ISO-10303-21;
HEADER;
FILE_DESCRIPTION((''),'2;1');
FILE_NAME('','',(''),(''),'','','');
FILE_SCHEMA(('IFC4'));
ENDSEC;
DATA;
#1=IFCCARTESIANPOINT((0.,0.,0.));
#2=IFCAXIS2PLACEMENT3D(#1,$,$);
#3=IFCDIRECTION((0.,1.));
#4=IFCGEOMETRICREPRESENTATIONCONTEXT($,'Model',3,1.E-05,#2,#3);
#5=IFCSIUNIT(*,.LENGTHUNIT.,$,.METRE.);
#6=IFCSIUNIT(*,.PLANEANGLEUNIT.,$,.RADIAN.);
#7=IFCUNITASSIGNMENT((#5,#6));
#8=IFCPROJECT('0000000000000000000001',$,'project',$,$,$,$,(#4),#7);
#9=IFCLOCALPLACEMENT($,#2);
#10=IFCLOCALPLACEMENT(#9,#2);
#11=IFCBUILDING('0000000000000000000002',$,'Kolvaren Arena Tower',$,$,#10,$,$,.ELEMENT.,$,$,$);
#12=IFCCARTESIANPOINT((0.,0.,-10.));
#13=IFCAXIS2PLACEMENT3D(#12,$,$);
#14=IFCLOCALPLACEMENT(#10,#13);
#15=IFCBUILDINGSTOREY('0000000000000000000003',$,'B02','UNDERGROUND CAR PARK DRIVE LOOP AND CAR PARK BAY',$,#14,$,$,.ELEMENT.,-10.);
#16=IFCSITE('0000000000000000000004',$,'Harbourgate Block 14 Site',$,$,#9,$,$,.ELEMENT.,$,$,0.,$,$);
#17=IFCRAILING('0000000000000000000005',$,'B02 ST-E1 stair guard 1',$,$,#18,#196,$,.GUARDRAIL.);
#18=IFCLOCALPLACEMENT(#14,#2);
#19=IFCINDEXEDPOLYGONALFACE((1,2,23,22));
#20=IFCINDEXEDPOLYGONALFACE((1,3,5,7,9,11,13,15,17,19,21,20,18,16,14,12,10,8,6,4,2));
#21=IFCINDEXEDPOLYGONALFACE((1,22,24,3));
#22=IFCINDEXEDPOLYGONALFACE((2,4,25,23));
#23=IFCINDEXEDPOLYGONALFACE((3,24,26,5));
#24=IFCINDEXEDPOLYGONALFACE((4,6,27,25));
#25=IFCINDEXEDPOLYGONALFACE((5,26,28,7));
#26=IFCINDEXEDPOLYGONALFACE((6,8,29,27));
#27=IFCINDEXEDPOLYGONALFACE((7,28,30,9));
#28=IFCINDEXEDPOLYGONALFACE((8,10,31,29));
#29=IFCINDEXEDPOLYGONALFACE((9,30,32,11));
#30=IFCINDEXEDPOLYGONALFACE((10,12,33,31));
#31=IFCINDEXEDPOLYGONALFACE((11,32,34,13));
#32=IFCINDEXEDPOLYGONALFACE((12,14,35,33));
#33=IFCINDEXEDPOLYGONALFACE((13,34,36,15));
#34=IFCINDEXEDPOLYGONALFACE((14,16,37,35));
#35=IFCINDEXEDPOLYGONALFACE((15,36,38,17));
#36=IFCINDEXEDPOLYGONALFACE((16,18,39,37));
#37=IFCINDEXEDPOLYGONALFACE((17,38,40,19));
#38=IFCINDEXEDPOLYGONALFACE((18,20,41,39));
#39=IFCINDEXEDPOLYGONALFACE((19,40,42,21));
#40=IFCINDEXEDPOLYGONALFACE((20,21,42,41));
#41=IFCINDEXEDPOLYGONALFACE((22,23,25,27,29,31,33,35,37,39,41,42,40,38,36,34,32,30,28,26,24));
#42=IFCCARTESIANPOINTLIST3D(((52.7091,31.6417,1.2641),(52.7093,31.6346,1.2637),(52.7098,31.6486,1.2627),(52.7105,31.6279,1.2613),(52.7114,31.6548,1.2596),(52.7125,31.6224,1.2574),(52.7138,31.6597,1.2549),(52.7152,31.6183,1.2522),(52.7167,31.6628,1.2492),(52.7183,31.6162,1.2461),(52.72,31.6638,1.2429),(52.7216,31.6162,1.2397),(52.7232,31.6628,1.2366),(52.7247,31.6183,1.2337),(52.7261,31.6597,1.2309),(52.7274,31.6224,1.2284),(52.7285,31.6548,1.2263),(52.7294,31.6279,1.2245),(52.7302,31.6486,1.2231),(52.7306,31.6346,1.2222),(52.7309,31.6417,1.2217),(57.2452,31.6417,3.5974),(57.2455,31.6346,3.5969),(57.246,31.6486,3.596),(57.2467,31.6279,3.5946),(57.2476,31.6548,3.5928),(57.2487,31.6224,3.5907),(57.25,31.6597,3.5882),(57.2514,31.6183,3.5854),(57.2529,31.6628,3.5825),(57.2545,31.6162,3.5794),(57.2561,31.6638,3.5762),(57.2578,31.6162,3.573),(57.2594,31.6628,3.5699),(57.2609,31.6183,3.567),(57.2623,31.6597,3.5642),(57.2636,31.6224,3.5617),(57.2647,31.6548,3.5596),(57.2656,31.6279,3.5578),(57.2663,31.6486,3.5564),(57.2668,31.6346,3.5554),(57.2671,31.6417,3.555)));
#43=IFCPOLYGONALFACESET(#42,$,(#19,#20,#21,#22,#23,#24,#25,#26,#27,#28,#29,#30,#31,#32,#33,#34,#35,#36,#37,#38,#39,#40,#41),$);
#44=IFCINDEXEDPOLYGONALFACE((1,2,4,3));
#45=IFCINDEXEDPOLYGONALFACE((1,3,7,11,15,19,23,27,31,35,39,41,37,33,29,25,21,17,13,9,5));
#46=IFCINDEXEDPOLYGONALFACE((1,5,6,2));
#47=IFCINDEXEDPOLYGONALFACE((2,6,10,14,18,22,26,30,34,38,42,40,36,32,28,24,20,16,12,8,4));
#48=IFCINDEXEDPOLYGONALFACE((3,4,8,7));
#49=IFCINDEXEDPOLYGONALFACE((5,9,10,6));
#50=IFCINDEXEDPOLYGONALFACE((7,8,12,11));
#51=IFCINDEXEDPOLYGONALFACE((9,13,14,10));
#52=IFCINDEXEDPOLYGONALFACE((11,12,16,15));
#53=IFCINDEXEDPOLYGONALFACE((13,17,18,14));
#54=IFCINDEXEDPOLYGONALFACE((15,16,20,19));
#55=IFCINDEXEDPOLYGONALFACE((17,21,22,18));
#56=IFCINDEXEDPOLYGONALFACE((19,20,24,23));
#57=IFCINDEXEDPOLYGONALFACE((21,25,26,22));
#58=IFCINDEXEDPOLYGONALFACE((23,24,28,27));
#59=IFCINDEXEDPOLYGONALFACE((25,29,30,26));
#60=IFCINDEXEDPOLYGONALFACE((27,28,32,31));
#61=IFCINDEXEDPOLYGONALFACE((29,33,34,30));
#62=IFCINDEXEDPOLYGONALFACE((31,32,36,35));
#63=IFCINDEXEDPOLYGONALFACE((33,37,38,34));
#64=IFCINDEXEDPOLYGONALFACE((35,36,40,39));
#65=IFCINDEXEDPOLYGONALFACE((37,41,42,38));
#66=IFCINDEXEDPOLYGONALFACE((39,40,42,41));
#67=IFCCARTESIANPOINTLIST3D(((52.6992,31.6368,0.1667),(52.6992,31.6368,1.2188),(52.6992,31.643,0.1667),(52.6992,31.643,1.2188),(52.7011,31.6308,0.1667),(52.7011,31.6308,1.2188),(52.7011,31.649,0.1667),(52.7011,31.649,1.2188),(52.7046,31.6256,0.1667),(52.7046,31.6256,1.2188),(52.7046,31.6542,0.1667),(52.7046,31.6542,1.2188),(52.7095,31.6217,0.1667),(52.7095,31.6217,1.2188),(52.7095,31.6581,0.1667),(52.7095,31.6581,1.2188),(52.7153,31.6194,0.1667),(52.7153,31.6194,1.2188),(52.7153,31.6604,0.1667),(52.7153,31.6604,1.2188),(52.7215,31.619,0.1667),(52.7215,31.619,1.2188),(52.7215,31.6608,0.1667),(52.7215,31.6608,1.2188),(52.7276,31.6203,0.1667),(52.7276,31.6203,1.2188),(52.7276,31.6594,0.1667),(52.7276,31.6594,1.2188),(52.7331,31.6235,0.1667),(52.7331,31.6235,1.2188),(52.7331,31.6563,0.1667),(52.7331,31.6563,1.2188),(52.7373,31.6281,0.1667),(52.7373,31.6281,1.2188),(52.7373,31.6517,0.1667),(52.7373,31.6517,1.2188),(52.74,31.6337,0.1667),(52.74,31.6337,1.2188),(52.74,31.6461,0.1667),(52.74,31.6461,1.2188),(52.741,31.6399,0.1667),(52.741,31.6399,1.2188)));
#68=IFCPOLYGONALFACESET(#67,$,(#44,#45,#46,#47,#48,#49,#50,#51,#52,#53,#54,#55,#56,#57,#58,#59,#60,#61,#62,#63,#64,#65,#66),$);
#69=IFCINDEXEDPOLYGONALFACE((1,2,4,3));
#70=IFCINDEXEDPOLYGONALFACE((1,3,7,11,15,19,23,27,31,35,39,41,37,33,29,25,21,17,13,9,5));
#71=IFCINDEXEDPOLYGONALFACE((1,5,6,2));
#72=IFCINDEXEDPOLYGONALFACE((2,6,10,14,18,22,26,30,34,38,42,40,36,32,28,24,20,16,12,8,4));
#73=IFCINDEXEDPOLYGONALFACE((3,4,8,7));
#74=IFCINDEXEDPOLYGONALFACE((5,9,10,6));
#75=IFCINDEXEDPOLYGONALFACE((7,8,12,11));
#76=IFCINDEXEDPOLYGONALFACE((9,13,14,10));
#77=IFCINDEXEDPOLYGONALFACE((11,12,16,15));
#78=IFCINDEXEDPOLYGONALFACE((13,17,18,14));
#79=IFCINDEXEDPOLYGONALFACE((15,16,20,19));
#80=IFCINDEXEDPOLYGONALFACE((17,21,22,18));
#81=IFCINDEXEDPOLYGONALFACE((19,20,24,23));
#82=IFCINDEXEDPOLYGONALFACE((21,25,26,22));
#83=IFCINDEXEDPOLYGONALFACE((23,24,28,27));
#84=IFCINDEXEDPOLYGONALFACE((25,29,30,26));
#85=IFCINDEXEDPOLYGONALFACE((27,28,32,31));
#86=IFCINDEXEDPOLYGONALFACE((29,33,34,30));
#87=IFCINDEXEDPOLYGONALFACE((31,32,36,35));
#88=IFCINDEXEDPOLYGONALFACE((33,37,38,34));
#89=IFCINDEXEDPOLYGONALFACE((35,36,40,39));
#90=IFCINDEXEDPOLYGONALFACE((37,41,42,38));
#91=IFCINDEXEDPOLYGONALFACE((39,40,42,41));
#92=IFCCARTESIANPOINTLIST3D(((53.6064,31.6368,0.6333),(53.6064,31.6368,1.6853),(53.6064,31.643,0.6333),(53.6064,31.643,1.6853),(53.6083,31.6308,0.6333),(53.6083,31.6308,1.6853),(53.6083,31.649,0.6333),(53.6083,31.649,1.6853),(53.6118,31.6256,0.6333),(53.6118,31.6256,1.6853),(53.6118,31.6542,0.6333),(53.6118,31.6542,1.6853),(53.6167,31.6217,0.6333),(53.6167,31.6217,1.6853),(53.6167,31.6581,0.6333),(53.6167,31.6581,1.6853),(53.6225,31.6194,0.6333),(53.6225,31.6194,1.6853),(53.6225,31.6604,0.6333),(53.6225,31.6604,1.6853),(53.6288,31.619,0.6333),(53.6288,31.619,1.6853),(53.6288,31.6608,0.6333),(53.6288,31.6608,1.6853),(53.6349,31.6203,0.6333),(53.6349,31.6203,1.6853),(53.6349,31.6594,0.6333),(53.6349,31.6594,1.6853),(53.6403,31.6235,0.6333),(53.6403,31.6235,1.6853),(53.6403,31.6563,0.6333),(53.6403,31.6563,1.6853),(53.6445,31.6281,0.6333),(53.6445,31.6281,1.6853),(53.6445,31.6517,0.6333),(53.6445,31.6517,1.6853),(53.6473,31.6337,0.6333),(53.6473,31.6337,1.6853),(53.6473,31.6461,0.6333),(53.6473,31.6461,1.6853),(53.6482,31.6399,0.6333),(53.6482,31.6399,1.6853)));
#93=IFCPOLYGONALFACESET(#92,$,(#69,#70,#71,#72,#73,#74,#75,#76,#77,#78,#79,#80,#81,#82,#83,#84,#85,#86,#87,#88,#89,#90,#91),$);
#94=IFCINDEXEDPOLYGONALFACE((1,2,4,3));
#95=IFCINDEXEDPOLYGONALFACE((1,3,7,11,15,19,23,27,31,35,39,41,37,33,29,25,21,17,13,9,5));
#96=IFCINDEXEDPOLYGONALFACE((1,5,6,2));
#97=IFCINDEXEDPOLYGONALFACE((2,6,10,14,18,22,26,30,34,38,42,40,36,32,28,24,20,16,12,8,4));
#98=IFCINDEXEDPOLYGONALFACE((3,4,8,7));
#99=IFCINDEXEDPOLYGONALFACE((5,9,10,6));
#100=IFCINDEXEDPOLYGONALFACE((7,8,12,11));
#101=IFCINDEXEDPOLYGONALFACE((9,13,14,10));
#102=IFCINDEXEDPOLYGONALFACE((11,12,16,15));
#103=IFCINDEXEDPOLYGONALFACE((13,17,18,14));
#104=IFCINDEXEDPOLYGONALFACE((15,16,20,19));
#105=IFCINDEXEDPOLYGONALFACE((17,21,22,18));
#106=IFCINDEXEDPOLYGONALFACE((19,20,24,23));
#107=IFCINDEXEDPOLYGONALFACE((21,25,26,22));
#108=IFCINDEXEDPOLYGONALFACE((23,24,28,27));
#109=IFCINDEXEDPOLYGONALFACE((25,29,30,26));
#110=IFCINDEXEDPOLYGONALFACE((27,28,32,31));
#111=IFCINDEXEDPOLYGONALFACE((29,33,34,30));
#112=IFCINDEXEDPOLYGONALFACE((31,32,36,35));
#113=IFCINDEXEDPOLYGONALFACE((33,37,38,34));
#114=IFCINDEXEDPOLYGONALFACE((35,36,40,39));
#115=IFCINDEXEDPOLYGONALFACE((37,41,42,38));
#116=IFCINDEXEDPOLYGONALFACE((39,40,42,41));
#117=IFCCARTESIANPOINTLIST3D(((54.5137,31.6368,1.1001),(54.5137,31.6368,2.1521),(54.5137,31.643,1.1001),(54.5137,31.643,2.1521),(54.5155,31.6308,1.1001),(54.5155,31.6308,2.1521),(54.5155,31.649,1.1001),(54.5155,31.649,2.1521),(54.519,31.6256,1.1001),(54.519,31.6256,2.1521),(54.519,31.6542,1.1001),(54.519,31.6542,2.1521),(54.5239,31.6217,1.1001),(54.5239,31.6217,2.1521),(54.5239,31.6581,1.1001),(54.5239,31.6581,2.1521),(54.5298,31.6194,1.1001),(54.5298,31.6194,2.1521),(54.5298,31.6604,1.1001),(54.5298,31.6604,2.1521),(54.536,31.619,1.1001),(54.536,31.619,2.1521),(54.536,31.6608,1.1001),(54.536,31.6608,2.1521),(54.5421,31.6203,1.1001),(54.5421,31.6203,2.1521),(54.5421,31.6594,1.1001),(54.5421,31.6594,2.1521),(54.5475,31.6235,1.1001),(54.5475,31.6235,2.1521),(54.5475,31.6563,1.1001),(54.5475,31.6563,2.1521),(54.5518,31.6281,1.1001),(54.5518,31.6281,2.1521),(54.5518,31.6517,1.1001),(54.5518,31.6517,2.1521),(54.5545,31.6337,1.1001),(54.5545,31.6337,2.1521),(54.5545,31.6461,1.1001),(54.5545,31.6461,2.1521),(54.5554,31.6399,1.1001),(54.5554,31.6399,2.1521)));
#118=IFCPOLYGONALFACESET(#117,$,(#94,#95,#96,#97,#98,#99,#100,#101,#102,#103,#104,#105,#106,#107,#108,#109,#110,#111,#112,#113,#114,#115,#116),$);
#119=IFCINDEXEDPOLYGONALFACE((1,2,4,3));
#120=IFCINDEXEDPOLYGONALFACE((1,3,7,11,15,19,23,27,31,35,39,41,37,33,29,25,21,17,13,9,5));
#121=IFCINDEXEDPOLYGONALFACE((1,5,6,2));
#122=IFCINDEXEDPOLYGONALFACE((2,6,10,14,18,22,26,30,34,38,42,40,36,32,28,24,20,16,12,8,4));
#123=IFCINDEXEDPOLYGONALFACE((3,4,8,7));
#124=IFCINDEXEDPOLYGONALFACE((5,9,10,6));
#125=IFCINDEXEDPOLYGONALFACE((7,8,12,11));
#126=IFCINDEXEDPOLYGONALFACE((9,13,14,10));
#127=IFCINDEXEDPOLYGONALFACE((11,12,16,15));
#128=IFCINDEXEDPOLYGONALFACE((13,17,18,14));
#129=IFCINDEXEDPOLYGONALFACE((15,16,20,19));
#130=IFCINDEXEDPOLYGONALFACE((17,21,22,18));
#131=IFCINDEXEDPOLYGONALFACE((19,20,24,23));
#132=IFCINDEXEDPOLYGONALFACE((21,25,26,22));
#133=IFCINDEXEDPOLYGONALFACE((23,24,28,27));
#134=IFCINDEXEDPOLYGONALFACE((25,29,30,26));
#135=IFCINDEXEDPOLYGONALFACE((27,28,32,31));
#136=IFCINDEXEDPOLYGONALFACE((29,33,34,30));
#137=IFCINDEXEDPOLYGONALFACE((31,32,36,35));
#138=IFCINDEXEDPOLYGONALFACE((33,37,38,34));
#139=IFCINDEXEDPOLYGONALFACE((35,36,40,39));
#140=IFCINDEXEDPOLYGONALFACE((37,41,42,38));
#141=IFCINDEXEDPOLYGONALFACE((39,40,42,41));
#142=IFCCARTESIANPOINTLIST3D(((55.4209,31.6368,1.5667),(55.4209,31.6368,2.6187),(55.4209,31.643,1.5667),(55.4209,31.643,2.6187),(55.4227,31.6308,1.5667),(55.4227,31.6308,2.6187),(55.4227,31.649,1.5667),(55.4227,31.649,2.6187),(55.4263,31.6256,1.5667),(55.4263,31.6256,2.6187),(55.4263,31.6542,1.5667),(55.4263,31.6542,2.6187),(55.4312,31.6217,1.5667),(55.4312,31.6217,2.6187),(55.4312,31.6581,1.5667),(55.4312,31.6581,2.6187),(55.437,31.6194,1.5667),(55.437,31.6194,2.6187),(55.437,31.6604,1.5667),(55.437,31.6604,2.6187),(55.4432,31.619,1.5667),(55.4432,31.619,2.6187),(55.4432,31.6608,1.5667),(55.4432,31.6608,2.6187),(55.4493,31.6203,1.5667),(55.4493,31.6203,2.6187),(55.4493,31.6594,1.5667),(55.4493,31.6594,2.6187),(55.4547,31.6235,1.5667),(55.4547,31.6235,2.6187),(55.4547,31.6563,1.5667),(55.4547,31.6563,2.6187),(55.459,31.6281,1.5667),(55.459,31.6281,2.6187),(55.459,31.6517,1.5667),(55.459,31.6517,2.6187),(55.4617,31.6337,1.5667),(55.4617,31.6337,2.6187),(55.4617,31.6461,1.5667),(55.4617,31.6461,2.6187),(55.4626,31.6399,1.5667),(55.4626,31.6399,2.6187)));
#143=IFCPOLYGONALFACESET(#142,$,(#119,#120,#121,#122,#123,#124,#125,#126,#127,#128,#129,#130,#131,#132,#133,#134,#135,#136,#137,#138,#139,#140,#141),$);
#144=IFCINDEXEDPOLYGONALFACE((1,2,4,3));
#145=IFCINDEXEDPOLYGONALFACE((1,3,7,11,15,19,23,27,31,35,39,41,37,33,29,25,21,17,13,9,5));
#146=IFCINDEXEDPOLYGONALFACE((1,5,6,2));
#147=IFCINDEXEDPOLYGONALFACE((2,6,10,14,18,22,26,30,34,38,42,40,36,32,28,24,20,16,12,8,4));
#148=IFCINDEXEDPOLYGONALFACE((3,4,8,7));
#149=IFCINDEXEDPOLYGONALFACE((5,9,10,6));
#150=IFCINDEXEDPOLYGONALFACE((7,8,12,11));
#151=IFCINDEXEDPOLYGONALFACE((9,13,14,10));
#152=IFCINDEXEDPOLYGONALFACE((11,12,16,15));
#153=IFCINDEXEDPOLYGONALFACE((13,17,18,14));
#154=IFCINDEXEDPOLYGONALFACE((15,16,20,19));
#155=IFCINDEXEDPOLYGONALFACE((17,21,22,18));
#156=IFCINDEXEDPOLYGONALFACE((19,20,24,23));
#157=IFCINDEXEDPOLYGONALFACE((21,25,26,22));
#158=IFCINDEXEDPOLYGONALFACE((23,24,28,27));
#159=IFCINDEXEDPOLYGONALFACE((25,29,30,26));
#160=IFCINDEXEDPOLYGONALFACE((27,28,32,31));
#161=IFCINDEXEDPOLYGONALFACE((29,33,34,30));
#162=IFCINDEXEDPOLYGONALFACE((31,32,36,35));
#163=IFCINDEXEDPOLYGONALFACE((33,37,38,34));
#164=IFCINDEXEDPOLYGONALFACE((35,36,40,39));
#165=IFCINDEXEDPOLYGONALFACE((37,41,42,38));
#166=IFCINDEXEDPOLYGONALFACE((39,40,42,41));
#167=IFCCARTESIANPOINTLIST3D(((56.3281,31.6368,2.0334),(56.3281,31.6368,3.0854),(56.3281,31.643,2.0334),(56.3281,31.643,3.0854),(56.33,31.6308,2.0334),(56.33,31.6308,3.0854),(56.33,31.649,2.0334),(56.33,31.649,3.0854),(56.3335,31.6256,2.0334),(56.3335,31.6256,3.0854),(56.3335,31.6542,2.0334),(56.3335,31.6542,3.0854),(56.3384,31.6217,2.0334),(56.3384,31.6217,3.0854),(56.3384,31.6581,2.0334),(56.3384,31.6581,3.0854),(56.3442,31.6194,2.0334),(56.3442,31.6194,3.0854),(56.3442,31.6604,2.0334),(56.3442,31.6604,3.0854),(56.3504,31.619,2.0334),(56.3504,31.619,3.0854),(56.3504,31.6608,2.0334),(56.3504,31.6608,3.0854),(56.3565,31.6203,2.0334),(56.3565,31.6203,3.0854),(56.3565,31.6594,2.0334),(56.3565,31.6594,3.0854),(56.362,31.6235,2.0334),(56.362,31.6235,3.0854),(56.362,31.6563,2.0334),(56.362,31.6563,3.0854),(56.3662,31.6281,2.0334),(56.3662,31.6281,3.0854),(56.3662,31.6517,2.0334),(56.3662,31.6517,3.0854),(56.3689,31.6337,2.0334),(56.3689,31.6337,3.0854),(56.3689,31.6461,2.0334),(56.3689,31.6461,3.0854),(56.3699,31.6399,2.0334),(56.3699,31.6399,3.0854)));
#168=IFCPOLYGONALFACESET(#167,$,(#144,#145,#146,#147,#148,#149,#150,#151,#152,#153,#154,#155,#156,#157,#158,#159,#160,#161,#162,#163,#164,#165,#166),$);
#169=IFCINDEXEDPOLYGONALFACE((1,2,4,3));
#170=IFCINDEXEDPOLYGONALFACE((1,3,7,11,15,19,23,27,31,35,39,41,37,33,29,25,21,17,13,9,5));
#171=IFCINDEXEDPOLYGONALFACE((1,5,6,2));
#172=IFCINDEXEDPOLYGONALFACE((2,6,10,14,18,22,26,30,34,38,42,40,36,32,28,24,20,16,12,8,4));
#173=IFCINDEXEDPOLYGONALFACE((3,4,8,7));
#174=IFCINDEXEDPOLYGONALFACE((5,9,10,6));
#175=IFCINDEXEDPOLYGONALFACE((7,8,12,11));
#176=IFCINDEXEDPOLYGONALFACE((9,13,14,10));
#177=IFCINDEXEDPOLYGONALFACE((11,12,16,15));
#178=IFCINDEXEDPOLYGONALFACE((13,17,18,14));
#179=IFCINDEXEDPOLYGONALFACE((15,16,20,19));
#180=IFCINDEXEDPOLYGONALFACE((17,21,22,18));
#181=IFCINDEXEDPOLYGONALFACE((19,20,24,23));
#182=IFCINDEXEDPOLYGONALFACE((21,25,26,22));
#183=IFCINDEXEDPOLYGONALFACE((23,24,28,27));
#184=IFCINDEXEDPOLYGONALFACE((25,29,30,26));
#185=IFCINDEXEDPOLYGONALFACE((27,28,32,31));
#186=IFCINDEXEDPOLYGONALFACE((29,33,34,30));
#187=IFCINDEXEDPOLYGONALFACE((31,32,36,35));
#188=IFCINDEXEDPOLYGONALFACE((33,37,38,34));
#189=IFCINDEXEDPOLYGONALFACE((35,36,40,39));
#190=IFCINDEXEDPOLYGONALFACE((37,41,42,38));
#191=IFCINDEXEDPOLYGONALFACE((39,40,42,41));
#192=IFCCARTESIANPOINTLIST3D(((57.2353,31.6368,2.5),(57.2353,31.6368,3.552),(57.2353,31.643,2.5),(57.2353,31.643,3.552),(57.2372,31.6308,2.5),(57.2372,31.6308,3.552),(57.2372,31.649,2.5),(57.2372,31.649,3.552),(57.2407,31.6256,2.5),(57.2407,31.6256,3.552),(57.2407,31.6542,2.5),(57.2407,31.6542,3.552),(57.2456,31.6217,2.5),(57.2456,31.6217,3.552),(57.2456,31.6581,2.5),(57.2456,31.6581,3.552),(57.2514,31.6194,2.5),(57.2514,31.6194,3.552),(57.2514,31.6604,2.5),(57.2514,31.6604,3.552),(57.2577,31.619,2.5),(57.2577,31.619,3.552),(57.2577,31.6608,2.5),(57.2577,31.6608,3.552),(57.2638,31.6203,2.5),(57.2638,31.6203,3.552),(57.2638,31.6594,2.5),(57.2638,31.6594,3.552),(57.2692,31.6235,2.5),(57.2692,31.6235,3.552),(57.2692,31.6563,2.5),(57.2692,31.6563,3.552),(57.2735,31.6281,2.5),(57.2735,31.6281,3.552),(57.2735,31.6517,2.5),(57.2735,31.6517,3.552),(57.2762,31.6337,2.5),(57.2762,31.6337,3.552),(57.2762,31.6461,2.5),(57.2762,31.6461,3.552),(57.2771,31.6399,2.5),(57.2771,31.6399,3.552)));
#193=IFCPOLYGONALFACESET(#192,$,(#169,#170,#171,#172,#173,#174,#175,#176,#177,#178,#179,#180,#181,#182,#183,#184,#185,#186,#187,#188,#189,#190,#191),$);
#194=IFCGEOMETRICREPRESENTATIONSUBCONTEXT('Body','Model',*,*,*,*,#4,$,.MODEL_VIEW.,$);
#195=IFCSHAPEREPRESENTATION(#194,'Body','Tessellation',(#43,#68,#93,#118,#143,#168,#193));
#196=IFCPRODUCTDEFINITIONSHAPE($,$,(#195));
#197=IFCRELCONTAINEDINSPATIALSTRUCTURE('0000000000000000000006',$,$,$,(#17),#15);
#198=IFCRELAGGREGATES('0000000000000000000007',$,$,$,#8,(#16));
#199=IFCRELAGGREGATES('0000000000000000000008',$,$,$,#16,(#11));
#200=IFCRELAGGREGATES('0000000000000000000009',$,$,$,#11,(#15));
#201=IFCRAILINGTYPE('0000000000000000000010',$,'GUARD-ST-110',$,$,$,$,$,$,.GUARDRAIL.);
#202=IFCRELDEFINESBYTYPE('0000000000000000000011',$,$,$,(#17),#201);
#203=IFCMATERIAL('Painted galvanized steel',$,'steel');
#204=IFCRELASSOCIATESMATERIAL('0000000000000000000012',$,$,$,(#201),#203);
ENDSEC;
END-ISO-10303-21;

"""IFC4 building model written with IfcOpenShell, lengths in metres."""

from ifc_helpers import new_model, si_unit, direction, frame, origin, origin_2d, place, context, subcontext, project, spatial, circle, extrude, material, type_object, element, save


model = new_model("IFC4")

# Units and contexts
model_context = context("Model", 3, precision=1e-05, world=origin(), true_north=direction((0.0, 1.0)))
body_context = subcontext(model_context, "Body", "Model", "MODEL_VIEW")
ifc_project = project(units=[si_unit("LENGTHUNIT", "METRE"), si_unit("PLANEANGLEUNIT", "RADIAN")], contexts=[model_context])

# Site, building, storey
site_placement = place(None, origin())
site = spatial("IfcSite", under=ifc_project, at=site_placement, Name="Harbourgate Block 14 Site", CompositionType="ELEMENT", RefElevation=0.0)
building_placement = place(site_placement, origin())
building = spatial("IfcBuilding", under=site, at=building_placement, Name="Kolvaren Arena Tower", CompositionType="ELEMENT")
storey_placement = place(building_placement, frame((0.0, 0.0, -10.0)))
storey = spatial("IfcBuildingStorey", under=building, at=storey_placement, Name="B02", Description="UNDERGROUND CAR PARK DRIVE LOOP AND CAR PARK BAY", CompositionType="ELEMENT", Elevation=-10.0)

# Railing
ifc_material_1 = material(Name="Painted galvanized steel", Category="steel")
railing_type_1 = type_object("IfcRailingType", Name="GUARD-ST-110", PredefinedType="GUARDRAIL", material=ifc_material_1)
railing_1_placement = place(storey_placement, frame((52.72, 31.6399, 0.1667)))
element("IfcRailing", 1, at=railing_1_placement, inside=storey, type_object=railing_type_1, Name="B02 ST-E1 stair guard 1", PredefinedType="GUARDRAIL", context=body_context, shape_type="SweptSolid", body=[
    extrude(circle(Radius=0.0239, at=origin_2d()), frame((0.0, 0.0, 1.0762), z_axis=(0.889257, 0.0, 0.457407), x_axis=(0.0, 1.0, 0.0)), (0.0, 0.0, 1.0), 5.1011),
    extrude(circle(Radius=0.021, at=origin_2d()), origin(), (0.0, 0.0, 1.0), 1.052),
    extrude(circle(Radius=0.021, at=origin_2d()), frame((0.9072, 0.0, 0.4666)), (0.0, 0.0, 1.0), 1.052),
    extrude(circle(Radius=0.021, at=origin_2d()), frame((1.8145, 0.0, 0.9333)), (0.0, 0.0, 1.0), 1.052),
    extrude(circle(Radius=0.021, at=origin_2d()), frame((2.7217, 0.0, 1.3999)), (0.0, 0.0, 1.0), 1.052),
    extrude(circle(Radius=0.021, at=origin_2d()), frame((3.6289, 0.0, 1.8667)), (0.0, 0.0, 1.0), 1.052),
    extrude(circle(Radius=0.021, at=origin_2d()), frame((4.5361, 0.0, 2.3333)), (0.0, 0.0, 1.0), 1.052),
])

save(model, "model.ifc")
